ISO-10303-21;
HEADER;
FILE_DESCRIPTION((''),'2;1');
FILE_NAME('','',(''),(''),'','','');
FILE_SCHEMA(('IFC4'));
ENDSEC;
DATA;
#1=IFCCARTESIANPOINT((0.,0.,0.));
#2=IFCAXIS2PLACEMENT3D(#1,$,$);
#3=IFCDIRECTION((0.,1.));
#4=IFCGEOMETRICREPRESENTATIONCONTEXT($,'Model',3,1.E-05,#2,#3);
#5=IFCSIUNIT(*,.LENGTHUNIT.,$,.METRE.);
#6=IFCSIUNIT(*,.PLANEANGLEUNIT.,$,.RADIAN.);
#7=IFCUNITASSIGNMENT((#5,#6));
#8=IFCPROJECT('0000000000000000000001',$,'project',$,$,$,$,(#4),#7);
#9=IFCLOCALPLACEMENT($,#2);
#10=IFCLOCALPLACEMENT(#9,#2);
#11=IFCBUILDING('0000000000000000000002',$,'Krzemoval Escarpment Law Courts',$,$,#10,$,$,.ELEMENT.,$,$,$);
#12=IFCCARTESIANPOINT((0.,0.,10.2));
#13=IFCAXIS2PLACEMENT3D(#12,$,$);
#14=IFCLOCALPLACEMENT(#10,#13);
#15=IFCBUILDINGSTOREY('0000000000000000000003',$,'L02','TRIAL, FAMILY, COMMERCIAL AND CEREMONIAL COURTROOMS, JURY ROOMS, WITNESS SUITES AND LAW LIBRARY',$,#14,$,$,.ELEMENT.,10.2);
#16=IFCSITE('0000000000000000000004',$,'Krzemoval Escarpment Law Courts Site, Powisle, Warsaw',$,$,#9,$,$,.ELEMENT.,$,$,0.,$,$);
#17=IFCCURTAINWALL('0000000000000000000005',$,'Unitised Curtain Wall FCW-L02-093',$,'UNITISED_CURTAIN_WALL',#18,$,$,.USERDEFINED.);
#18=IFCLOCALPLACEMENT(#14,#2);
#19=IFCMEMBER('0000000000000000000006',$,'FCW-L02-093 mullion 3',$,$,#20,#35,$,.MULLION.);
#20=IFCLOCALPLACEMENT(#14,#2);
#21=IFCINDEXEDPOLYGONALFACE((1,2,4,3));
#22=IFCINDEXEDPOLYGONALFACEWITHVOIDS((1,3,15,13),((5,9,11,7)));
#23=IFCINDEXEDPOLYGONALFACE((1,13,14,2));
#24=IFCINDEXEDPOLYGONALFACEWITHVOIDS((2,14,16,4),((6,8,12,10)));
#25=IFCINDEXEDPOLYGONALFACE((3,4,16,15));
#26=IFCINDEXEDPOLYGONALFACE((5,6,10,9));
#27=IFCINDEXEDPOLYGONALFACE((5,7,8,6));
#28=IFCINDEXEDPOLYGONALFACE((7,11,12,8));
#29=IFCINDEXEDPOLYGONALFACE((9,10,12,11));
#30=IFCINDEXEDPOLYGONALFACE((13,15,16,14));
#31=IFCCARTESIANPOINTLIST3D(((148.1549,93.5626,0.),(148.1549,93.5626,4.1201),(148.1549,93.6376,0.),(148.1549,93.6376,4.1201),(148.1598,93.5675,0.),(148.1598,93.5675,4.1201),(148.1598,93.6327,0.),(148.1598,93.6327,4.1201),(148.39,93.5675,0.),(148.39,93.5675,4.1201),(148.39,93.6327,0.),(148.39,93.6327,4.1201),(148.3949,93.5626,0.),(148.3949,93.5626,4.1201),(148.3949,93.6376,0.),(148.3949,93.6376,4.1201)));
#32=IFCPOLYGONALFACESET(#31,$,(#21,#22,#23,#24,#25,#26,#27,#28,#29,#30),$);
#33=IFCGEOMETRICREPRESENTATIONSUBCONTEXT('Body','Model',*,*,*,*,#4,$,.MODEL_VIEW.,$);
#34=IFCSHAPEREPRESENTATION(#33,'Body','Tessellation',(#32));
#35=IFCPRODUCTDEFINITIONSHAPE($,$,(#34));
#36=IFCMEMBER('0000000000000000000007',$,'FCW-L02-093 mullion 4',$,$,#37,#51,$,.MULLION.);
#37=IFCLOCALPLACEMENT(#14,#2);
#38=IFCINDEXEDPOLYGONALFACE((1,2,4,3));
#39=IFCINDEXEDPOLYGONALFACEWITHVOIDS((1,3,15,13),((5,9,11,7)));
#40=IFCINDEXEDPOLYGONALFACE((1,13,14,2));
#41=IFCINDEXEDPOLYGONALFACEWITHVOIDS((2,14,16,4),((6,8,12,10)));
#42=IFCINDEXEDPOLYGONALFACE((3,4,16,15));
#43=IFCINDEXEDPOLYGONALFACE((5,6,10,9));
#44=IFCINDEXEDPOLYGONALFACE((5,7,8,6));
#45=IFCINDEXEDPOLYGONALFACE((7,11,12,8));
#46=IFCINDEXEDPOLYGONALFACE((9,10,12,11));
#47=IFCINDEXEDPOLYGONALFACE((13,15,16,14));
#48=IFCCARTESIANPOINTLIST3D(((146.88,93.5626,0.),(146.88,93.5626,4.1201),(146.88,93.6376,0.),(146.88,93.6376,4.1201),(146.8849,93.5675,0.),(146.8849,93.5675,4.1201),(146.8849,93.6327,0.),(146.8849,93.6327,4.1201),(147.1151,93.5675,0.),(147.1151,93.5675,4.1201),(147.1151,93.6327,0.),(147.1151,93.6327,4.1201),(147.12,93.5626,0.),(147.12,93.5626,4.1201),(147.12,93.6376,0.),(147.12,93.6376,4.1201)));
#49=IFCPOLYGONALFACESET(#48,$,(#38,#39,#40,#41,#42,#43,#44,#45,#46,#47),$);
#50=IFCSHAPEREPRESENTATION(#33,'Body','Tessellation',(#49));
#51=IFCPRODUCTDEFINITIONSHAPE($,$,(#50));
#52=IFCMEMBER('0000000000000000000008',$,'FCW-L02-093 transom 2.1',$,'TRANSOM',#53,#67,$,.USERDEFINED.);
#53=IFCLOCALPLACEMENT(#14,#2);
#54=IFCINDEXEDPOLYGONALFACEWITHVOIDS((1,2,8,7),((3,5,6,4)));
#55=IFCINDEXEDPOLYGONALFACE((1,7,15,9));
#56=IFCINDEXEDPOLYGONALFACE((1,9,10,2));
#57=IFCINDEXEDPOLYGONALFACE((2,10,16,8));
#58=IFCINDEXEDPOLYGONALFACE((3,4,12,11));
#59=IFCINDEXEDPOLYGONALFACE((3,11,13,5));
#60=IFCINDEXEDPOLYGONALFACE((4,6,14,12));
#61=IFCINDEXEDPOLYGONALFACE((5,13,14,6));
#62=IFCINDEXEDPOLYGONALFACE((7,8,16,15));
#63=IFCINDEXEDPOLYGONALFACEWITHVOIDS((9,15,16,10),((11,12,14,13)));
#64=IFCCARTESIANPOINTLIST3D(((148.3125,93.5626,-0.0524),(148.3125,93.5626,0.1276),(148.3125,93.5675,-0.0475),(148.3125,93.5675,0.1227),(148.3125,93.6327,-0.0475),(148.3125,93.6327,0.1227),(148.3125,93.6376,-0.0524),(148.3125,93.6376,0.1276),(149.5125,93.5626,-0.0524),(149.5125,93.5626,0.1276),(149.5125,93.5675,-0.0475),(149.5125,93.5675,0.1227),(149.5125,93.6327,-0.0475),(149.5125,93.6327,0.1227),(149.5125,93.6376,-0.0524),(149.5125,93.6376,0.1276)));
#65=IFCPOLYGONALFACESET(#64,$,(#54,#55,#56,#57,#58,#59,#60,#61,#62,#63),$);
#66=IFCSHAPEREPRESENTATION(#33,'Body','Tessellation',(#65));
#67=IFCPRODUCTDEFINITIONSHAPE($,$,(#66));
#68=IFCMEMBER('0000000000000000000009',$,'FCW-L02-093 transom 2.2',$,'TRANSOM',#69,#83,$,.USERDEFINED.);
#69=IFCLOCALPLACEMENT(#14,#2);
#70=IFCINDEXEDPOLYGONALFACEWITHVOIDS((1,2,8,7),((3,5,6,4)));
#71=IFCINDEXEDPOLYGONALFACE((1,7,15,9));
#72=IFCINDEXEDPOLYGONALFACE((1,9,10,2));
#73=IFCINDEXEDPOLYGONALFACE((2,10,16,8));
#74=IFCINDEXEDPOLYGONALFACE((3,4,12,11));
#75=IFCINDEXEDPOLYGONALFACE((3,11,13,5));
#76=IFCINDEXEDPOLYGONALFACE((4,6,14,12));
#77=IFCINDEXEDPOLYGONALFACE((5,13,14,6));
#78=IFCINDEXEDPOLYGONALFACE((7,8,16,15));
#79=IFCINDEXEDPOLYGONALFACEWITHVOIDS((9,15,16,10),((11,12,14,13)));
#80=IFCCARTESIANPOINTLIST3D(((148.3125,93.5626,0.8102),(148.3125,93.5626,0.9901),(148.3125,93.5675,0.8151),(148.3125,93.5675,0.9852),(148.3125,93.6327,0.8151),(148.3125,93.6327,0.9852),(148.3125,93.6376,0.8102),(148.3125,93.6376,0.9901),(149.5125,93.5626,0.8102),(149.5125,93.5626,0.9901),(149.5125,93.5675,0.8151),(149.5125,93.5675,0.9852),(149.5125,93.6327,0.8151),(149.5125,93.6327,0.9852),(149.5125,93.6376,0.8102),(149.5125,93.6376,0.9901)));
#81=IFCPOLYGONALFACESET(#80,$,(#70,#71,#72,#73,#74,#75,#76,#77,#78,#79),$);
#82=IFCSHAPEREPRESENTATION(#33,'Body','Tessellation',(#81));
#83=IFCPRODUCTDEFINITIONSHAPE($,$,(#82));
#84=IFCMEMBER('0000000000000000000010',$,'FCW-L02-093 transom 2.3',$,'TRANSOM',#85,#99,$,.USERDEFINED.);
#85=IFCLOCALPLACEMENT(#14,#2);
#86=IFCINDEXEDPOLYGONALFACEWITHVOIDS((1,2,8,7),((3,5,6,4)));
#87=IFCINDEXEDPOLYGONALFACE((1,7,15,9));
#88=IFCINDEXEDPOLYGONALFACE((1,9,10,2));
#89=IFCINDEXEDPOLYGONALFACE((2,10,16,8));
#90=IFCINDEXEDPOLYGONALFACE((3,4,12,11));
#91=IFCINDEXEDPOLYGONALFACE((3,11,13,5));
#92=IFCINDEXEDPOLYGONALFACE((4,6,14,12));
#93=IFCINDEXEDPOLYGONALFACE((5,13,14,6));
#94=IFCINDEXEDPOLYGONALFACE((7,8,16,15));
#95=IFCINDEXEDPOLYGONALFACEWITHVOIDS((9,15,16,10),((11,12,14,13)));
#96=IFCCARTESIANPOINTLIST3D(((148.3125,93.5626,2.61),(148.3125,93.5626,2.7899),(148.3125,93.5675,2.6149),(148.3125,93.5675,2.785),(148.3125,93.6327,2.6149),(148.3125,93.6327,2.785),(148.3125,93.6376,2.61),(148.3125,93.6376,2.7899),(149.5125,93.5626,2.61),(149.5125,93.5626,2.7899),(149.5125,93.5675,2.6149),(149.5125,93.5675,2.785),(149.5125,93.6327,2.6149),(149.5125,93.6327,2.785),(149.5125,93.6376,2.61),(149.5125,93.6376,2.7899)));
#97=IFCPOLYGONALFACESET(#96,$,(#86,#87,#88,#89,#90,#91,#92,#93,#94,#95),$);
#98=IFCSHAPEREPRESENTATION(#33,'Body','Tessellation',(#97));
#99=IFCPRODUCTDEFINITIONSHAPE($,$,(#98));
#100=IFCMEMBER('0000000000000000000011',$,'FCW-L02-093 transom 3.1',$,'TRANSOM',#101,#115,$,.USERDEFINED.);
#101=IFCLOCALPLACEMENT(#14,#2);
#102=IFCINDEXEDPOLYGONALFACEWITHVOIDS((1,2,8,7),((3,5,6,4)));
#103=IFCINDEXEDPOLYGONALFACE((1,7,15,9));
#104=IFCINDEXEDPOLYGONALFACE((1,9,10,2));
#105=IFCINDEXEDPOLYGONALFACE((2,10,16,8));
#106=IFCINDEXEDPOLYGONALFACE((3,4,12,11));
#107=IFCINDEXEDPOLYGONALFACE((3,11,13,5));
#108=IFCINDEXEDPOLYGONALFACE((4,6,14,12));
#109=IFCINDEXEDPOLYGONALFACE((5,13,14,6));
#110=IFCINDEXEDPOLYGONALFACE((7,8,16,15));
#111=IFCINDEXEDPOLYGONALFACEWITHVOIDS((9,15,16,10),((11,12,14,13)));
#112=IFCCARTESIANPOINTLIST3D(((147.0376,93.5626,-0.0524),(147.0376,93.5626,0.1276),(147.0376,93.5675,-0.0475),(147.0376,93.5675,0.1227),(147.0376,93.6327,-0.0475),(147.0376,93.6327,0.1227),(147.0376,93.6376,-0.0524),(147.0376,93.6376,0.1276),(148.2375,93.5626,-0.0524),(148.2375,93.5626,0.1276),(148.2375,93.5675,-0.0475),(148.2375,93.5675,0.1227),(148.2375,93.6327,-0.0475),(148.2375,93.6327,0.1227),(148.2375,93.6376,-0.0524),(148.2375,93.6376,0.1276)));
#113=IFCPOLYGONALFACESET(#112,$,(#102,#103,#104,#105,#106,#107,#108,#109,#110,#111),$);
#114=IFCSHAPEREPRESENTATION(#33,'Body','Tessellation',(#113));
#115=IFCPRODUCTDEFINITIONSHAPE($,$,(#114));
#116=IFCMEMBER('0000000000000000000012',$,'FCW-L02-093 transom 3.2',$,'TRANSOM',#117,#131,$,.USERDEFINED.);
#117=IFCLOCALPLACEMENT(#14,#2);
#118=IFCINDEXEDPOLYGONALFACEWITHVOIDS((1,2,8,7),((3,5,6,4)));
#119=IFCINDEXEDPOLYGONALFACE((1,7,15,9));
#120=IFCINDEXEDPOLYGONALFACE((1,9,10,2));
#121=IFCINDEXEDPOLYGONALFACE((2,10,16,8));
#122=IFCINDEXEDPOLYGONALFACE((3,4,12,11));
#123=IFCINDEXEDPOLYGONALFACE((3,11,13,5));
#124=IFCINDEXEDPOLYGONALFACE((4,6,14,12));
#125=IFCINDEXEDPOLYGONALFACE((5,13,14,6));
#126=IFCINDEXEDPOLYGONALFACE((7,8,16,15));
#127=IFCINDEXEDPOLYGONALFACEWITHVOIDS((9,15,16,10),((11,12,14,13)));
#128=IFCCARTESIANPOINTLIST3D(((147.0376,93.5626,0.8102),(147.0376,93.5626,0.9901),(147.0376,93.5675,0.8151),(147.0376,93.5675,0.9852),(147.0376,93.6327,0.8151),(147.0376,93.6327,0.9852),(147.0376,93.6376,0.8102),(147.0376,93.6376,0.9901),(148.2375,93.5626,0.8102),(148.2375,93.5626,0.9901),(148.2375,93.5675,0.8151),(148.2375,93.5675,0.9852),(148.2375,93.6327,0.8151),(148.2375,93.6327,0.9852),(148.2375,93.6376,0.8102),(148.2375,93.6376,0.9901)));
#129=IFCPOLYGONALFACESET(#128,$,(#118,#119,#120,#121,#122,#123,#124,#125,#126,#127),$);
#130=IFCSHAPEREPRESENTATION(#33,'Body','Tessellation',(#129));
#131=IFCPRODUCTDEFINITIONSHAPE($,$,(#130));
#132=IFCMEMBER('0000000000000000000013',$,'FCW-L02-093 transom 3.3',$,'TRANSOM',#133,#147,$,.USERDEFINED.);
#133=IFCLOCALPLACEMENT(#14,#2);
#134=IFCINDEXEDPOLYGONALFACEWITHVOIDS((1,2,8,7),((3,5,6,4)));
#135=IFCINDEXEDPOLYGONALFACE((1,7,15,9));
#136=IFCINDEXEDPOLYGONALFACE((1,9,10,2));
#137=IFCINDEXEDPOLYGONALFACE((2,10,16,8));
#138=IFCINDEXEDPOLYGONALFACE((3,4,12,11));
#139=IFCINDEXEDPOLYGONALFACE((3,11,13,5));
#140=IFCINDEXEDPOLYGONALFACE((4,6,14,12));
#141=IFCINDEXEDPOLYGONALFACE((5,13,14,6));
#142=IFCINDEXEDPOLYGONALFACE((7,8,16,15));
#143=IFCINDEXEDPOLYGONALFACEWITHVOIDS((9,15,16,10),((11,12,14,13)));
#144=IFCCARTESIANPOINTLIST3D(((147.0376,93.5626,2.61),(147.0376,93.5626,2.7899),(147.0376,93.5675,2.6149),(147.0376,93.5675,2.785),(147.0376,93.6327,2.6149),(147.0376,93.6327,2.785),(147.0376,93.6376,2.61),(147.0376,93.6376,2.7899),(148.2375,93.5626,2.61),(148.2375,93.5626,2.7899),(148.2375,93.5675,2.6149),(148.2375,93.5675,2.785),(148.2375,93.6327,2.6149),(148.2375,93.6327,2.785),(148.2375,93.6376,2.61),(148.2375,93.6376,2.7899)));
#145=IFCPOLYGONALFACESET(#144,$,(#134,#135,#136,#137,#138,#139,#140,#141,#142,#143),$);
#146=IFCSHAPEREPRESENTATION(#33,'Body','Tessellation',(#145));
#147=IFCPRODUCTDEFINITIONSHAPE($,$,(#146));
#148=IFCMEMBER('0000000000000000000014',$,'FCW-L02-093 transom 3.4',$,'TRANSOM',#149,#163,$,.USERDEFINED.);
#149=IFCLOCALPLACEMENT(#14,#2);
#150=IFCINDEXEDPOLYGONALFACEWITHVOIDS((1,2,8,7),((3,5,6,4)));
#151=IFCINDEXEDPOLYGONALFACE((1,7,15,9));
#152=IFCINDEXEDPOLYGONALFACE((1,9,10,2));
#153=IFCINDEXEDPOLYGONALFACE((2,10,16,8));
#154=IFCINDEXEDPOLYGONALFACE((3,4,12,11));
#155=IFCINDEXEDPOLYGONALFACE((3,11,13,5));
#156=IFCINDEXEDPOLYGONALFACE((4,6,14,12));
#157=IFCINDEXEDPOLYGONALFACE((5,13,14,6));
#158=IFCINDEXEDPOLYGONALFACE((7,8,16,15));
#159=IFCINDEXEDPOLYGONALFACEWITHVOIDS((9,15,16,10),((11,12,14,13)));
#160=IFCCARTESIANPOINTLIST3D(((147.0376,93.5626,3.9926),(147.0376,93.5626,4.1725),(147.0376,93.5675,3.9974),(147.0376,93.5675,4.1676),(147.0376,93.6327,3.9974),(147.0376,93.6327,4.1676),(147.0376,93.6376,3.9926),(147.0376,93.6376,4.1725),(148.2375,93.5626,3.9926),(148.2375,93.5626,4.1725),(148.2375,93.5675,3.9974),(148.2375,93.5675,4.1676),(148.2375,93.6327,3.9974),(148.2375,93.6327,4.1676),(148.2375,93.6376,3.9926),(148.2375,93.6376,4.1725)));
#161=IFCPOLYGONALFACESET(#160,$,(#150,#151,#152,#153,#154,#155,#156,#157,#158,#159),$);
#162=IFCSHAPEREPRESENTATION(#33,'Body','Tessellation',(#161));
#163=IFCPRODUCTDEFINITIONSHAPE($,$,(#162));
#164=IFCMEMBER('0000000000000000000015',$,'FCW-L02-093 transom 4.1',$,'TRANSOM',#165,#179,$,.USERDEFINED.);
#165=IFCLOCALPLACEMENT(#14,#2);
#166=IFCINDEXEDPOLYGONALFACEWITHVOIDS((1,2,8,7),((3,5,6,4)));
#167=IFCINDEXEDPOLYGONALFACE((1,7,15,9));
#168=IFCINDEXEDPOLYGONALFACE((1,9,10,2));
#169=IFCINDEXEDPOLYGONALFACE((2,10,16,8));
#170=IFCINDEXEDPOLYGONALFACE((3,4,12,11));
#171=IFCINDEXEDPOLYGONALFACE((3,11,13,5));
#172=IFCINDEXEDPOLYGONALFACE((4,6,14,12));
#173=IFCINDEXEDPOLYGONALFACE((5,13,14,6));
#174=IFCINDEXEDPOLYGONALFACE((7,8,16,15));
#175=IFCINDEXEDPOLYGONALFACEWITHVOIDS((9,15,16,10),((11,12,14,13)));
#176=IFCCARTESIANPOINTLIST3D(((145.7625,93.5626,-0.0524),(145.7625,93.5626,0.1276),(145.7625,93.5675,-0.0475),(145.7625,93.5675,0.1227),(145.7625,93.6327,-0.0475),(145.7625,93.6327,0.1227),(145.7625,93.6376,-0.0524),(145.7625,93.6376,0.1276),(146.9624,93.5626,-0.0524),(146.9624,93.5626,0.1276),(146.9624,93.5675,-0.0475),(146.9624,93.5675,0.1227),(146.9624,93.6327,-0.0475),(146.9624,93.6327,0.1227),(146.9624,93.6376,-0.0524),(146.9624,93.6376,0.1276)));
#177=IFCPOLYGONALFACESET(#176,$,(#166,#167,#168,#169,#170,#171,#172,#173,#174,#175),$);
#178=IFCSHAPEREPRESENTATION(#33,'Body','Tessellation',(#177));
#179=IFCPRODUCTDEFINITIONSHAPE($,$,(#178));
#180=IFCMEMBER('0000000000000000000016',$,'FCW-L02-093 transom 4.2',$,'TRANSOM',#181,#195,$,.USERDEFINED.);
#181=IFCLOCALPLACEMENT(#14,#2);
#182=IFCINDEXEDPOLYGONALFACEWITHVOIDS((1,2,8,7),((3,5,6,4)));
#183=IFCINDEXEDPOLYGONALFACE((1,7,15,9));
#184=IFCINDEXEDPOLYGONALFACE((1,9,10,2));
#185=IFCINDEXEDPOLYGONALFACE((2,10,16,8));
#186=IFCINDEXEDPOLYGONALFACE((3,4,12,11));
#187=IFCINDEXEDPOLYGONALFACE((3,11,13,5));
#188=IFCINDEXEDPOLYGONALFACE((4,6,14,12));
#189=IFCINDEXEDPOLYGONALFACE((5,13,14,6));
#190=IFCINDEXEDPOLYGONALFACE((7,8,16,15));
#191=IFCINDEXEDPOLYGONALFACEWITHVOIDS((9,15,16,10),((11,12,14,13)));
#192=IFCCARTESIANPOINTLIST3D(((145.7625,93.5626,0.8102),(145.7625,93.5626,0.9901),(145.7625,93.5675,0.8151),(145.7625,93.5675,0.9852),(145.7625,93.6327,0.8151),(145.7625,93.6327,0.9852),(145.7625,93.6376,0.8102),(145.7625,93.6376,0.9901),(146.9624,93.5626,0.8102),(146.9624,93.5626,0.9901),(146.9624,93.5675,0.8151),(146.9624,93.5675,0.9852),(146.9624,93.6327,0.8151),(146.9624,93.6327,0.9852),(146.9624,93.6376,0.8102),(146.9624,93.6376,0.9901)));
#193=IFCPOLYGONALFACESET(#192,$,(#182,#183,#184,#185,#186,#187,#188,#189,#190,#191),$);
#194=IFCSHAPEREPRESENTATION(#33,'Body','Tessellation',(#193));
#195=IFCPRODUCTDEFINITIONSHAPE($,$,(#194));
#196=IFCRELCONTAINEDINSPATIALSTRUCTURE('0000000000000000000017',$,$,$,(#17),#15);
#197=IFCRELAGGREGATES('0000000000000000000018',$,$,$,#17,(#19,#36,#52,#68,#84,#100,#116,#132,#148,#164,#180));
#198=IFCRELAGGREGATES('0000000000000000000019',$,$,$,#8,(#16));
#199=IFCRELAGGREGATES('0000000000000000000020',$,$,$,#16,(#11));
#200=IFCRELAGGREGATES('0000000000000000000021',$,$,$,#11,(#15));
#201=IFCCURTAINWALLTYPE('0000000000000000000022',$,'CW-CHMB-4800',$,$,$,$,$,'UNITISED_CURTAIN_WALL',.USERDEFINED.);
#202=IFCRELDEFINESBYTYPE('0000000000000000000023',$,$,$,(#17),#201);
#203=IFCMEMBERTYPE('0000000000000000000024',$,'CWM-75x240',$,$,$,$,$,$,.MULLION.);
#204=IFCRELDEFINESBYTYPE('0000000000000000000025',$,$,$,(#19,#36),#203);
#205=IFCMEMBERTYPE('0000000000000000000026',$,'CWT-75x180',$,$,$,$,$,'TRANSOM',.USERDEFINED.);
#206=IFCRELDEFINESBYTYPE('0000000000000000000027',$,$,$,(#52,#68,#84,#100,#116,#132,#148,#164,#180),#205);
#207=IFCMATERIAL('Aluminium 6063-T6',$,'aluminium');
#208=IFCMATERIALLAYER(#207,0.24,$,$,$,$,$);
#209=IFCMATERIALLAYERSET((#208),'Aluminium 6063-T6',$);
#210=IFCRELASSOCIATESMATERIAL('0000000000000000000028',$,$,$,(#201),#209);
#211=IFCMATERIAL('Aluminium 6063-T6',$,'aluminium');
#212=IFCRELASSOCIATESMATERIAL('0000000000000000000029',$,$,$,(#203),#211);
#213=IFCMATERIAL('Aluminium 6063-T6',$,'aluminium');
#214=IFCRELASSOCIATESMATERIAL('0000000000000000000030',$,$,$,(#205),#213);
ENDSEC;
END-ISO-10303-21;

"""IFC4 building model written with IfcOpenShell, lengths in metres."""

from ifc_helpers import new_model, si_unit, direction, frame, origin, origin_2d, place, context, subcontext, project, spatial, hollow_rectangle, extrude, material, layer, layer_set, material_profile, profile_set, type_object, element, aggregate, save


model = new_model("IFC4")

# Units and contexts
model_context = context("Model", 3, precision=1e-05, world=origin(), true_north=direction((0.0, 1.0)))
body_context = subcontext(model_context, "Body", "Model", "MODEL_VIEW")
ifc_project = project(units=[si_unit("LENGTHUNIT", "METRE"), si_unit("PLANEANGLEUNIT", "RADIAN")], contexts=[model_context])

# Site, building, storey
site_placement = place(None, origin())
site = spatial("IfcSite", under=ifc_project, at=site_placement, Name="Krzemoval Escarpment Law Courts Site, Powisle, Warsaw", CompositionType="ELEMENT", RefElevation=0.0)
building_placement = place(site_placement, origin())
building = spatial("IfcBuilding", under=site, at=building_placement, Name="Krzemoval Escarpment Law Courts", CompositionType="ELEMENT")
storey_placement = place(building_placement, frame((0.0, 0.0, 10.2)))
storey = spatial("IfcBuildingStorey", under=building, at=storey_placement, Name="L02", Description="TRIAL, FAMILY, COMMERCIAL AND CEREMONIAL COURTROOMS, JURY ROOMS, WITNESS SUITES AND LAW LIBRARY", CompositionType="ELEMENT", Elevation=10.2)

# Curtain wall, members
ifc_material_1 = material(Name="Aluminium 6063-T6", Category="aluminium")
ifc_layer_1 = layer(ifc_material_1, 0.24)
ifc_layer_set_1 = layer_set([ifc_layer_1], Name="Aluminium 6063-T6")
curtain_wall_type = type_object("IfcCurtainWallType", Name="CW-CHMB-4800", ElementType="UNITISED_CURTAIN_WALL", PredefinedType="USERDEFINED", material=ifc_layer_set_1)
curtain_wall_placement = place(storey_placement, origin())
curtain_wall = element("IfcCurtainWall", 1, at=curtain_wall_placement, inside=storey, type_object=curtain_wall_type, Name="Unitised Curtain Wall FCW-L02-093", ObjectType="UNITISED_CURTAIN_WALL", PredefinedType="USERDEFINED")
ifc_material_2 = material(Name="Aluminium 6063-T6", Category="aluminium")
ifc_material_profile_1 = material_profile(ifc_material_2, hollow_rectangle(XDim=0.075, YDim=0.24, WallThickness=0.0049, at=origin_2d()), Name="ALU M75x240")
ifc_profile_set_1 = profile_set([ifc_material_profile_1], Name="Aluminium 6063-T6")
member_type_1 = type_object("IfcMemberType", Name="CWM-75x240", PredefinedType="MULLION", material=ifc_profile_set_1)
member_1_placement = place(storey_placement, frame((148.2749, 93.6001, 0.0), z_axis=(0.0, 0.0, 1.0), x_axis=(0.0, -1.0, 0.0)))
member_1 = element("IfcMember", 2, at=member_1_placement, type_object=member_type_1, Name="FCW-L02-093 mullion 3", PredefinedType="MULLION", context=body_context, shape_type="SweptSolid", body=[
    extrude(hollow_rectangle(XDim=0.075, YDim=0.24, WallThickness=0.0049, at=origin_2d()), origin(), (0.0, 0.0, 1.0), 4.1201),
])
member_2_placement = place(storey_placement, frame((147.0, 93.6001, 0.0), z_axis=(0.0, 0.0, 1.0), x_axis=(0.0, -1.0, 0.0)))
member_2 = element("IfcMember", 3, at=member_2_placement, type_object=member_type_1, Name="FCW-L02-093 mullion 4", PredefinedType="MULLION", context=body_context, shape_type="SweptSolid", body=[
    extrude(hollow_rectangle(XDim=0.075, YDim=0.24, WallThickness=0.0049, at=origin_2d()), origin(), (0.0, 0.0, 1.0), 4.1201),
])
ifc_material_3 = material(Name="Aluminium 6063-T6", Category="aluminium")
ifc_material_profile_2 = material_profile(ifc_material_3, hollow_rectangle(XDim=0.075, YDim=0.1799, WallThickness=0.0049, at=origin_2d()), Name="ALU T75x180")
ifc_profile_set_2 = profile_set([ifc_material_profile_2], Name="Aluminium 6063-T6")
member_type_2 = type_object("IfcMemberType", Name="CWT-75x180", ElementType="TRANSOM", PredefinedType="USERDEFINED", material=ifc_profile_set_2)
member_3_placement = place(storey_placement, frame((149.5125, 93.6001, 0.0376), z_axis=(-1.0, 0.0, 0.0), x_axis=(0.0, -1.0, 0.0)))
member_3 = element("IfcMember", 4, at=member_3_placement, type_object=member_type_2, Name="FCW-L02-093 transom 2.1", ObjectType="TRANSOM", PredefinedType="USERDEFINED", context=body_context, shape_type="SweptSolid", body=[
    extrude(hollow_rectangle(XDim=0.075, YDim=0.1799, WallThickness=0.0049, at=origin_2d()), origin(), (0.0, 0.0, 1.0), 1.2),
])
member_4_placement = place(storey_placement, frame((149.5125, 93.6001, 0.9001), z_axis=(-1.0, 0.0, 0.0), x_axis=(0.0, -1.0, 0.0)))
member_4 = element("IfcMember", 5, at=member_4_placement, type_object=member_type_2, Name="FCW-L02-093 transom 2.2", ObjectType="TRANSOM", PredefinedType="USERDEFINED", context=body_context, shape_type="SweptSolid", body=[
    extrude(hollow_rectangle(XDim=0.075, YDim=0.1799, WallThickness=0.0049, at=origin_2d()), origin(), (0.0, 0.0, 1.0), 1.2),
])
member_5_placement = place(storey_placement, frame((149.5125, 93.6001, 2.7), z_axis=(-1.0, 0.0, 0.0), x_axis=(0.0, -1.0, 0.0)))
member_5 = element("IfcMember", 6, at=member_5_placement, type_object=member_type_2, Name="FCW-L02-093 transom 2.3", ObjectType="TRANSOM", PredefinedType="USERDEFINED", context=body_context, shape_type="SweptSolid", body=[
    extrude(hollow_rectangle(XDim=0.075, YDim=0.1799, WallThickness=0.0049, at=origin_2d()), origin(), (0.0, 0.0, 1.0), 1.2),
])
member_6_placement = place(storey_placement, frame((148.2375, 93.6001, 0.0376), z_axis=(-1.0, 0.0, 0.0), x_axis=(0.0, -1.0, 0.0)))
member_6 = element("IfcMember", 7, at=member_6_placement, type_object=member_type_2, Name="FCW-L02-093 transom 3.1", ObjectType="TRANSOM", PredefinedType="USERDEFINED", context=body_context, shape_type="SweptSolid", body=[
    extrude(hollow_rectangle(XDim=0.075, YDim=0.1799, WallThickness=0.0049, at=origin_2d()), origin(), (0.0, 0.0, 1.0), 1.2),
])
member_7_placement = place(storey_placement, frame((148.2375, 93.6001, 0.9001), z_axis=(-1.0, 0.0, 0.0), x_axis=(0.0, -1.0, 0.0)))
member_7 = element("IfcMember", 8, at=member_7_placement, type_object=member_type_2, Name="FCW-L02-093 transom 3.2", ObjectType="TRANSOM", PredefinedType="USERDEFINED", context=body_context, shape_type="SweptSolid", body=[
    extrude(hollow_rectangle(XDim=0.075, YDim=0.1799, WallThickness=0.0049, at=origin_2d()), origin(), (0.0, 0.0, 1.0), 1.2),
])
member_8_placement = place(storey_placement, frame((148.2375, 93.6001, 2.7), z_axis=(-1.0, 0.0, 0.0), x_axis=(0.0, -1.0, 0.0)))
member_8 = element("IfcMember", 9, at=member_8_placement, type_object=member_type_2, Name="FCW-L02-093 transom 3.3", ObjectType="TRANSOM", PredefinedType="USERDEFINED", context=body_context, shape_type="SweptSolid", body=[
    extrude(hollow_rectangle(XDim=0.075, YDim=0.1799, WallThickness=0.0049, at=origin_2d()), origin(), (0.0, 0.0, 1.0), 1.2),
])
member_9_placement = place(storey_placement, frame((148.2375, 93.6001, 4.0825), z_axis=(-1.0, 0.0, 0.0), x_axis=(0.0, -1.0, 0.0)))
member_9 = element("IfcMember", 10, at=member_9_placement, type_object=member_type_2, Name="FCW-L02-093 transom 3.4", ObjectType="TRANSOM", PredefinedType="USERDEFINED", context=body_context, shape_type="SweptSolid", body=[
    extrude(hollow_rectangle(XDim=0.075, YDim=0.1799, WallThickness=0.0049, at=origin_2d()), origin(), (0.0, 0.0, 1.0), 1.2),
])
member_10_placement = place(storey_placement, frame((146.9624, 93.6001, 0.0376), z_axis=(-1.0, 0.0, 0.0), x_axis=(0.0, -1.0, 0.0)))
member_10 = element("IfcMember", 11, at=member_10_placement, type_object=member_type_2, Name="FCW-L02-093 transom 4.1", ObjectType="TRANSOM", PredefinedType="USERDEFINED", context=body_context, shape_type="SweptSolid", body=[
    extrude(hollow_rectangle(XDim=0.075, YDim=0.1799, WallThickness=0.0049, at=origin_2d()), origin(), (0.0, 0.0, 1.0), 1.2),
])
member_11_placement = place(storey_placement, frame((146.9624, 93.6001, 0.9001), z_axis=(-1.0, 0.0, 0.0), x_axis=(0.0, -1.0, 0.0)))
member_11 = element("IfcMember", 12, at=member_11_placement, type_object=member_type_2, Name="FCW-L02-093 transom 4.2", ObjectType="TRANSOM", PredefinedType="USERDEFINED", context=body_context, shape_type="SweptSolid", body=[
    extrude(hollow_rectangle(XDim=0.075, YDim=0.1799, WallThickness=0.0049, at=origin_2d()), origin(), (0.0, 0.0, 1.0), 1.2),
])
aggregate(curtain_wall, [member_1, member_2, member_3, member_4, member_5, member_6, member_7, member_8, member_9, member_10, member_11])

save(model, "model.ifc")
